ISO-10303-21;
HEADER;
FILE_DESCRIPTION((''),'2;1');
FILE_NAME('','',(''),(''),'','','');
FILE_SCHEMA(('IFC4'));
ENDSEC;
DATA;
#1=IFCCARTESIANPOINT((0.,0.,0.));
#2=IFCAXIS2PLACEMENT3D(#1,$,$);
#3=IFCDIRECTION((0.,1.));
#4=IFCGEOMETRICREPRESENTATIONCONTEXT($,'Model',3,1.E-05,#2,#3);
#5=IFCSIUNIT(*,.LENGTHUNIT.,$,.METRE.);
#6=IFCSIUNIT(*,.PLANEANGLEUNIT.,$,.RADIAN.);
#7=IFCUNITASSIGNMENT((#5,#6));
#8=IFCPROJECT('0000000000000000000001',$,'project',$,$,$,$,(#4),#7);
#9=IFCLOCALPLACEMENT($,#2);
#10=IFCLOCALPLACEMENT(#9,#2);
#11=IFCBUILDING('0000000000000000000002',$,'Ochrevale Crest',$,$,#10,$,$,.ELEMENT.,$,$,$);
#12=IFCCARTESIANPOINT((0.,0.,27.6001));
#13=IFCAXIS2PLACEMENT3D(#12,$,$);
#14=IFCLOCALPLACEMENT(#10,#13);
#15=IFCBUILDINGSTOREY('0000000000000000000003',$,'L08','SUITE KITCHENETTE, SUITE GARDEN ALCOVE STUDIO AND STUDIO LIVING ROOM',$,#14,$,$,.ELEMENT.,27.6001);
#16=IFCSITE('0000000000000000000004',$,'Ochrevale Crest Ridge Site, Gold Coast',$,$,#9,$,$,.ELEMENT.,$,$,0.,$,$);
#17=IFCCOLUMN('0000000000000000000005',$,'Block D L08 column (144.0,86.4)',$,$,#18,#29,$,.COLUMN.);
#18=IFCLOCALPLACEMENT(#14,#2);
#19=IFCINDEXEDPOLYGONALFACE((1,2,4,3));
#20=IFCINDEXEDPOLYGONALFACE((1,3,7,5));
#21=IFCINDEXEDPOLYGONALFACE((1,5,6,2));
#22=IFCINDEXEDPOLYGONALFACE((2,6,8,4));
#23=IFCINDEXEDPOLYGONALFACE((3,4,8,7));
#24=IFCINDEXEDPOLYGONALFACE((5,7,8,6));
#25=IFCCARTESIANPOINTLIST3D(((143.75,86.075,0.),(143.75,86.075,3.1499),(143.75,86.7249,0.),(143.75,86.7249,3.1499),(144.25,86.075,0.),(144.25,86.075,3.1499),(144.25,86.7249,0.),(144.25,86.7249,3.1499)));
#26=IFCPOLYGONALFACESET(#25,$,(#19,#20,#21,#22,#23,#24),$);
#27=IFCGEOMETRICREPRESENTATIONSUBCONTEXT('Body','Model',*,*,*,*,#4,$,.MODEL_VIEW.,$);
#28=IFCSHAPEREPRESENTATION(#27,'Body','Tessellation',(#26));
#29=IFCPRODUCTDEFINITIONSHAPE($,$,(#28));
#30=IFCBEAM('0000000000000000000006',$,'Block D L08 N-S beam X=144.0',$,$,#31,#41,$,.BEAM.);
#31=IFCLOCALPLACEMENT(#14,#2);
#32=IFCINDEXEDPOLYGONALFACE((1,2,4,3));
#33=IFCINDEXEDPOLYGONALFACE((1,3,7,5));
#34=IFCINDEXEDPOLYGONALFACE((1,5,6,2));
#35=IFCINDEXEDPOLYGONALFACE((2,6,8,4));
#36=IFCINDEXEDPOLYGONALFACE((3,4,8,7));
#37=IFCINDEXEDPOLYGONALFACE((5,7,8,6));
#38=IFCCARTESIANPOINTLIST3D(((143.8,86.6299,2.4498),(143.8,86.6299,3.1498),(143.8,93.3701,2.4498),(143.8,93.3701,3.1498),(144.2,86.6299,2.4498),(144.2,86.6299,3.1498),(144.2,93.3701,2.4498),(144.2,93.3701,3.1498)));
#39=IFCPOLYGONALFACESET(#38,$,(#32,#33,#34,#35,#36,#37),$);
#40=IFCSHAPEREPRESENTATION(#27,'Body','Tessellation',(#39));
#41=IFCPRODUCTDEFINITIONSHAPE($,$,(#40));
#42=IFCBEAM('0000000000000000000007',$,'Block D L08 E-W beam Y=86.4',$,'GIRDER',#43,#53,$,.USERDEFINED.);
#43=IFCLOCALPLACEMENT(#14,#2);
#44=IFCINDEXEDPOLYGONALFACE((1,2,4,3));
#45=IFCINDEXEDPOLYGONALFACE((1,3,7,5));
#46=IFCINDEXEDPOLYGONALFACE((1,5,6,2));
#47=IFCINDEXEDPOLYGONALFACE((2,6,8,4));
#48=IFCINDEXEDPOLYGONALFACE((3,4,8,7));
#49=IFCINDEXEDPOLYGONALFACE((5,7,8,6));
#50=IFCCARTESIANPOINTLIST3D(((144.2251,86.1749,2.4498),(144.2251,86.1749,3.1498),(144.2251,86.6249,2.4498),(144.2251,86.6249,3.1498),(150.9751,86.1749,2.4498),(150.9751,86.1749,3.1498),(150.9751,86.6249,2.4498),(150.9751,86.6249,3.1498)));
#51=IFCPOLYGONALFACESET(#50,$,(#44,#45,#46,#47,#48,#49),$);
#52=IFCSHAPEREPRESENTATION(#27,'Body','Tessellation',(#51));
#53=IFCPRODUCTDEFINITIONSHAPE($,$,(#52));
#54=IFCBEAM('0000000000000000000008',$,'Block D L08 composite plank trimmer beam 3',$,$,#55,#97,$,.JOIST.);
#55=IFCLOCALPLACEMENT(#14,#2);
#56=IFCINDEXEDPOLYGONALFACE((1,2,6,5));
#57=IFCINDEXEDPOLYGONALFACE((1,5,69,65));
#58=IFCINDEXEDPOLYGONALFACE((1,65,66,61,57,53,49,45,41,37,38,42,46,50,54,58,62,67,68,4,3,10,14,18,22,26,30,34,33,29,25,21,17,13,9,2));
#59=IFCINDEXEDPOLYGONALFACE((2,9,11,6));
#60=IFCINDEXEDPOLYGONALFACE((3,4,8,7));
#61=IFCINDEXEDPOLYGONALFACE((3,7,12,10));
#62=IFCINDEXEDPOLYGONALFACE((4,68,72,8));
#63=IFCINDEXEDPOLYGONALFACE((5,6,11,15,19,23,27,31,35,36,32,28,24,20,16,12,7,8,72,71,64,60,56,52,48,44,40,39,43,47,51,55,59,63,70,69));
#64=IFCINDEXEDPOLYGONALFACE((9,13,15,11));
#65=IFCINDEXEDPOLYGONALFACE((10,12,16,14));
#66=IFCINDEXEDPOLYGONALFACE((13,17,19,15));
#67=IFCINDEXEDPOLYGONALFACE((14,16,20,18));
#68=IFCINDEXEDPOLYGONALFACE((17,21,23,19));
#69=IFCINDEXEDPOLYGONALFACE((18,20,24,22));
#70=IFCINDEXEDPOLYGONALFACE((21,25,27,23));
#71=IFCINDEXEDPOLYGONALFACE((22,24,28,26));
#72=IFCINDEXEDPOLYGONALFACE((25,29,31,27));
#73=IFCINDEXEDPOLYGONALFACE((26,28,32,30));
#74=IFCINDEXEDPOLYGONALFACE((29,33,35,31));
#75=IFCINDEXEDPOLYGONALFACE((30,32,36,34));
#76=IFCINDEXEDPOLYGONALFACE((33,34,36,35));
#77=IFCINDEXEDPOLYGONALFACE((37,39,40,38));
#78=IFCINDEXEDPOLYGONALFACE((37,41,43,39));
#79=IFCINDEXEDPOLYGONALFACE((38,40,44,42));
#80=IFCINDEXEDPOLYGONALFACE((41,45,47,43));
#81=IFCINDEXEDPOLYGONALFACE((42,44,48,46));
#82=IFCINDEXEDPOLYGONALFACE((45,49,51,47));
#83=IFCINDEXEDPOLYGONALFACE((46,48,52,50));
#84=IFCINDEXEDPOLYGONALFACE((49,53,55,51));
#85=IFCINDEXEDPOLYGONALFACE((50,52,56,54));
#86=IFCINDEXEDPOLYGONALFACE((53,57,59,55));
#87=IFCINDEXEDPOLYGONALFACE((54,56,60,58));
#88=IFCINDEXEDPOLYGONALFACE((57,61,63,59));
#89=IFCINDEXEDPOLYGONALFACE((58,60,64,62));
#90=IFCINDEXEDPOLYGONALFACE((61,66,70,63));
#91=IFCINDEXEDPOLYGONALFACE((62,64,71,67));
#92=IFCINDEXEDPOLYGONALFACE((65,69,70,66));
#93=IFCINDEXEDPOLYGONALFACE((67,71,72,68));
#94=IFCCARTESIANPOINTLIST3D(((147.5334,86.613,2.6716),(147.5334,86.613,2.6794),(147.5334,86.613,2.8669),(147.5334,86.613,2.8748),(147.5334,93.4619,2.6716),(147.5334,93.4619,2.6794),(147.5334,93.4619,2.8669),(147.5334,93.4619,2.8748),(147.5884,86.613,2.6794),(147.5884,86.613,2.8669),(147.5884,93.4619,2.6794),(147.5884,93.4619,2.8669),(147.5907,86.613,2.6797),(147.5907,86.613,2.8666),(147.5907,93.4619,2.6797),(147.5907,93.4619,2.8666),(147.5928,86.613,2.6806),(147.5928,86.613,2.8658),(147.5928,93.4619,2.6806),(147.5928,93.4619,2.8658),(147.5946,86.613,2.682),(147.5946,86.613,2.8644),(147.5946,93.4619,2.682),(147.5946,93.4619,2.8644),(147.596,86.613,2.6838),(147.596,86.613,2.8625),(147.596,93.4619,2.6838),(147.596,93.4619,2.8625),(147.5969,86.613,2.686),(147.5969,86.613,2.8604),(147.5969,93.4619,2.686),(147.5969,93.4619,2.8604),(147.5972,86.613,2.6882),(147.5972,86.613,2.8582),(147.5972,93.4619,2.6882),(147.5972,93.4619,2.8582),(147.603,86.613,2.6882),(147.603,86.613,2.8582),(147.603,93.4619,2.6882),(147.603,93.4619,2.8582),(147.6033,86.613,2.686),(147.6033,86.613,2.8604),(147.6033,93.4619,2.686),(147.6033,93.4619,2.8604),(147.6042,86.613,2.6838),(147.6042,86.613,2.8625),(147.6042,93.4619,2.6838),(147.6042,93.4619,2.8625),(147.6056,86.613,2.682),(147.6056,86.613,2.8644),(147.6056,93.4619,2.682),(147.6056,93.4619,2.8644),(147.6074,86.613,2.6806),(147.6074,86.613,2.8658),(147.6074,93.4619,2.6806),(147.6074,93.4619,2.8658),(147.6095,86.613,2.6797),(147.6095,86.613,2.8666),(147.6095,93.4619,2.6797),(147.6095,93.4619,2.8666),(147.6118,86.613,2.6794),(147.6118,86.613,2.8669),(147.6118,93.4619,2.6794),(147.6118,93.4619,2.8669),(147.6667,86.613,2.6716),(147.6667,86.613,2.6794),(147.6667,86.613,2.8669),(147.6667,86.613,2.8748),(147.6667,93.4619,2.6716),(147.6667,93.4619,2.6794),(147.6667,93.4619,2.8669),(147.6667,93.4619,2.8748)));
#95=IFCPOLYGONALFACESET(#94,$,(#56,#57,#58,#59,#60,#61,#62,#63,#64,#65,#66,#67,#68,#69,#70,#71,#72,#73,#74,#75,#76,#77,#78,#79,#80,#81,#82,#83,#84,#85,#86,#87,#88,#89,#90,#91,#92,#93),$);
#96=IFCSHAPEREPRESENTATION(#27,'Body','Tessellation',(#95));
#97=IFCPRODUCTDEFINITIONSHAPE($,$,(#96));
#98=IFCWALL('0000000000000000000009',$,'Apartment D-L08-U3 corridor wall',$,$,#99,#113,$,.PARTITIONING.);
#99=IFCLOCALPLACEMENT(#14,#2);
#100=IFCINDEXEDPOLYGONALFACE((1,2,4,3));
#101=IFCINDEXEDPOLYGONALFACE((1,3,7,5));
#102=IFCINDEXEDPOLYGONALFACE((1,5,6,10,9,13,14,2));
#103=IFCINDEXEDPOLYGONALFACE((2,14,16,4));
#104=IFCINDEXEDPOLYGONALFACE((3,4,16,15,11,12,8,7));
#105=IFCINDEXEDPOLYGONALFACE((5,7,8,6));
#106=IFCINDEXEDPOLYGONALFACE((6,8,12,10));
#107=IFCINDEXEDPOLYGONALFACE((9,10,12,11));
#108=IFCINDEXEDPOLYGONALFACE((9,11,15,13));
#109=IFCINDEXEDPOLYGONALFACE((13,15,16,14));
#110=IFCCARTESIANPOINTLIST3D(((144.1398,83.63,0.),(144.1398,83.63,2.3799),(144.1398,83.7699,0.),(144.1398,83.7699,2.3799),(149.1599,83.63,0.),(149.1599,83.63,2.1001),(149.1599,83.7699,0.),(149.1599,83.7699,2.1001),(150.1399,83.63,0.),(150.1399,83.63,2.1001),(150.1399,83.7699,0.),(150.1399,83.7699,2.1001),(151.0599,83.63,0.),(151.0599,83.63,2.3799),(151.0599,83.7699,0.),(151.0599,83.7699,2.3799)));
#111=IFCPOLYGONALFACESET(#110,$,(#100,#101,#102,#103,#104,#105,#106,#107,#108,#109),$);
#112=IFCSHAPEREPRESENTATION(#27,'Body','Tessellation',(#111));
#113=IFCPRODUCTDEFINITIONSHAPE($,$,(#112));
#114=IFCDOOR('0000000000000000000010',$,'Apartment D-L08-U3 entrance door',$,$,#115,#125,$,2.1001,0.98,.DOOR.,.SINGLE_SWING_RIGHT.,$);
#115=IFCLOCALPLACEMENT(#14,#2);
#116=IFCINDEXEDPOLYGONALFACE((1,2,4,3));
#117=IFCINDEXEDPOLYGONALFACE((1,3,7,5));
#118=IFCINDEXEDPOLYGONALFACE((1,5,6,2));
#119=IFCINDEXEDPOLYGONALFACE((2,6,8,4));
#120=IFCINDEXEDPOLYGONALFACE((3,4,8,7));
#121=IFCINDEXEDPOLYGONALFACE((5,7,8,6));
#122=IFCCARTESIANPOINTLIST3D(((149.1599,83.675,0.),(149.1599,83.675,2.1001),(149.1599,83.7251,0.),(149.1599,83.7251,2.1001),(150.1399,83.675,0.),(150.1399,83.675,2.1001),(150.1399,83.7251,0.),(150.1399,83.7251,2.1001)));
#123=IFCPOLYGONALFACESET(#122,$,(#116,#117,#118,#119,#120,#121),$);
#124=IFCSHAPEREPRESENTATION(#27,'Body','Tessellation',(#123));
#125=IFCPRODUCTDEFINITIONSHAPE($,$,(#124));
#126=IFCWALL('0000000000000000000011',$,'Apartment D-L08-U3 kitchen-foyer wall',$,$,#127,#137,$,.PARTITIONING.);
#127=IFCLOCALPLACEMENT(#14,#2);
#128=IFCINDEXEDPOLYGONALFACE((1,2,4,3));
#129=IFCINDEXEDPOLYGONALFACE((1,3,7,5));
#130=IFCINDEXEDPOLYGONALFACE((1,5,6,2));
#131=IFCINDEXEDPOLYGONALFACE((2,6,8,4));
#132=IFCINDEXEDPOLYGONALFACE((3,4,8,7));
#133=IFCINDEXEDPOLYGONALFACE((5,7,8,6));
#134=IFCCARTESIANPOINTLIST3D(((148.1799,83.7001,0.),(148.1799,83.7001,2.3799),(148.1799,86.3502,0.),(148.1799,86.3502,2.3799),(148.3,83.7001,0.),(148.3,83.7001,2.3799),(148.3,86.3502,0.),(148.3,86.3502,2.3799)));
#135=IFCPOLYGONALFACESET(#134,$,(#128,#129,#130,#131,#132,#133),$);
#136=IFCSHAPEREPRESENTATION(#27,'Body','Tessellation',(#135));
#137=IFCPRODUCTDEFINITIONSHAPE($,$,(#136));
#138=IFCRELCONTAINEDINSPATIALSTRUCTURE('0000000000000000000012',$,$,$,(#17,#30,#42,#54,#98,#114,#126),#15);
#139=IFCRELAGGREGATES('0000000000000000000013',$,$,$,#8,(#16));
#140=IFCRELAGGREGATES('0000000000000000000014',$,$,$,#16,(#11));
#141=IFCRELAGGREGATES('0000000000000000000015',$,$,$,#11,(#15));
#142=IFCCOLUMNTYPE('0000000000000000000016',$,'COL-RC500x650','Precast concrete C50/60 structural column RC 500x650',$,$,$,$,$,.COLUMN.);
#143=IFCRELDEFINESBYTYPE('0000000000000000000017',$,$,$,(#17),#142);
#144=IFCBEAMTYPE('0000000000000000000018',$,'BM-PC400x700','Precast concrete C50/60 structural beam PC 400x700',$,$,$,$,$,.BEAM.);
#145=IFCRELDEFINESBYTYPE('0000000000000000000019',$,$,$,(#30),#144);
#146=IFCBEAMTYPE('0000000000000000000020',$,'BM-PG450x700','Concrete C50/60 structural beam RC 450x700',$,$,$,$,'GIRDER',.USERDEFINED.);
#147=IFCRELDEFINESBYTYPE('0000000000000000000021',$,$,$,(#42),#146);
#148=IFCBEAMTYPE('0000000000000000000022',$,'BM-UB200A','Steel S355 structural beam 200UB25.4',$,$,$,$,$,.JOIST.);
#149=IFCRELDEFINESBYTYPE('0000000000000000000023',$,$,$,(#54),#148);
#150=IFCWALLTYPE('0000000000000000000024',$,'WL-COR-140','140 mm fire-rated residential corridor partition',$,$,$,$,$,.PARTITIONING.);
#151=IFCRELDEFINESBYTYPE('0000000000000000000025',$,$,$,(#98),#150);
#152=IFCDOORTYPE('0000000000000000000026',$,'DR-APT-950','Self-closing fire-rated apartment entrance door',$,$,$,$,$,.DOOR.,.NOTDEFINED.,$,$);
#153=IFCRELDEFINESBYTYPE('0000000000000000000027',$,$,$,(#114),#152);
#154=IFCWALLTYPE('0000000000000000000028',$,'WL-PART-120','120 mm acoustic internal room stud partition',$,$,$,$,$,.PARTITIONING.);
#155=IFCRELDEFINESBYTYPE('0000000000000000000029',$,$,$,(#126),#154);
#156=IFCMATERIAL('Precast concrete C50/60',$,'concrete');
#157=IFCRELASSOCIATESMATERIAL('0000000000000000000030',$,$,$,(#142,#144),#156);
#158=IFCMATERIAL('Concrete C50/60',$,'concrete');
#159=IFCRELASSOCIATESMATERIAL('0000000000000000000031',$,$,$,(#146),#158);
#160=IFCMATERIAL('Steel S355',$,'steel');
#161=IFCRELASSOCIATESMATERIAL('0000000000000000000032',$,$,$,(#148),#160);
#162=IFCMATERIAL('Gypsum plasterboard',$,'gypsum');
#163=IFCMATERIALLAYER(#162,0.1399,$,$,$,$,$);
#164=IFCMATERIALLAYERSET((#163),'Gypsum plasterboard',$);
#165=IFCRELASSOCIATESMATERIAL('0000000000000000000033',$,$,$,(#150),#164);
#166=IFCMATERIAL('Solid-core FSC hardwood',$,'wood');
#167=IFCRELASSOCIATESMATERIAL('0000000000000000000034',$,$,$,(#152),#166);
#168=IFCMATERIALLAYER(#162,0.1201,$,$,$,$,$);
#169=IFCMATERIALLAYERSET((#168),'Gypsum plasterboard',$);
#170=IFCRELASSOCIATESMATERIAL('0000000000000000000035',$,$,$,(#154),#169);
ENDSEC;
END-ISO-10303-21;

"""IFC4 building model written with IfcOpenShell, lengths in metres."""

from ifc_helpers import new_model, si_unit, direction, frame, frame_2d, origin, origin_2d, place, context, subcontext, project, spatial, rectangle, i_section, extrude, material, layer, layer_set, material_profile, profile_set, type_object, element, fill, save


model = new_model("IFC4")

# Units and contexts
model_context = context("Model", 3, precision=1e-05, world=origin(), true_north=direction((0.0, 1.0)))
body_context = subcontext(model_context, "Body", "Model", "MODEL_VIEW")
ifc_project = project(units=[si_unit("LENGTHUNIT", "METRE"), si_unit("PLANEANGLEUNIT", "RADIAN")], contexts=[model_context])

# Site, building, storey
site_placement = place(None, origin())
site = spatial("IfcSite", under=ifc_project, at=site_placement, Name="Ochrevale Crest Ridge Site, Gold Coast", CompositionType="ELEMENT", RefElevation=0.0)
building_placement = place(site_placement, origin())
building = spatial("IfcBuilding", under=site, at=building_placement, Name="Ochrevale Crest", CompositionType="ELEMENT")
storey_placement = place(building_placement, frame((0.0, 0.0, 27.6001)))
storey = spatial("IfcBuildingStorey", under=building, at=storey_placement, Name="L08", Description="SUITE KITCHENETTE, SUITE GARDEN ALCOVE STUDIO AND STUDIO LIVING ROOM", CompositionType="ELEMENT", Elevation=27.6001)

# Column
ifc_material_1 = material(Name="Precast concrete C50/60", Category="concrete")
ifc_material_profile_1 = material_profile(ifc_material_1, rectangle(XDim=0.5, YDim=0.6499, at=origin_2d()), Name="RC 500x650")
ifc_profile_set_1 = profile_set([ifc_material_profile_1], Name="Precast concrete C50/60")
column_type = type_object("IfcColumnType", Name="COL-RC500x650", Description="Precast concrete C50/60 structural column RC 500x650", PredefinedType="COLUMN", material=ifc_profile_set_1)
column_placement = place(storey_placement, frame((144.0, 86.3999, 0.0), z_axis=(0.0, 0.0, 1.0), x_axis=(1.0, 0.0, 0.0)))
element("IfcColumn", 1, at=column_placement, inside=storey, type_object=column_type, Name="Block D L08 column (144.0,86.4)", PredefinedType="COLUMN", context=body_context, shape_type="SweptSolid", body=[
    extrude(rectangle(XDim=0.5, YDim=0.6499, at=origin_2d()), origin(), (0.0, 0.0, 1.0), 3.1499),
])

# Beams
ifc_material_profile_2 = material_profile(ifc_material_1, rectangle(XDim=0.3999, YDim=0.7, at=origin_2d()), Name="PC 400x700")
ifc_profile_set_2 = profile_set([ifc_material_profile_2], Name="Precast concrete C50/60")
beam_type_1 = type_object("IfcBeamType", Name="BM-PC400x700", Description="Precast concrete C50/60 structural beam PC 400x700", PredefinedType="BEAM", material=ifc_profile_set_2)
beam_1_placement = place(storey_placement, frame((144.0, 86.6299, 2.7998), z_axis=(0.0, 1.0, 0.0), x_axis=(-1.0, 0.0, 0.0)))
element("IfcBeam", 2, at=beam_1_placement, inside=storey, type_object=beam_type_1, Name="Block D L08 N-S beam X=144.0", PredefinedType="BEAM", context=body_context, shape_type="SweptSolid", body=[
    extrude(rectangle(XDim=0.3999, YDim=0.7, at=origin_2d()), origin(), (0.0, 0.0, 1.0), 6.7402),
])
ifc_material_2 = material(Name="Concrete C50/60", Category="concrete")
ifc_material_profile_3 = material_profile(ifc_material_2, rectangle(XDim=0.45, YDim=0.7, at=origin_2d()), Name="RC 450x700")
ifc_profile_set_3 = profile_set([ifc_material_profile_3], Name="Concrete C50/60")
beam_type_2 = type_object("IfcBeamType", Name="BM-PG450x700", Description="Concrete C50/60 structural beam RC 450x700", ElementType="GIRDER", PredefinedType="USERDEFINED", material=ifc_profile_set_3)
beam_2_placement = place(storey_placement, frame((144.2251, 86.3999, 2.7998), z_axis=(1.0, 0.0, 0.0), x_axis=(0.0, 1.0, 0.0)))
element("IfcBeam", 3, at=beam_2_placement, inside=storey, type_object=beam_type_2, Name="Block D L08 E-W beam Y=86.4", ObjectType="GIRDER", PredefinedType="USERDEFINED", context=body_context, shape_type="SweptSolid", body=[
    extrude(rectangle(XDim=0.45, YDim=0.7, at=origin_2d()), origin(), (0.0, 0.0, 1.0), 6.75),
])
ifc_material_3 = material(Name="Steel S355", Category="steel")
ifc_material_profile_4 = material_profile(ifc_material_3, i_section(OverallWidth=0.1333, OverallDepth=0.2031, WebThickness=0.0059, FlangeThickness=0.0078, FilletRadius=0.0088, at=origin_2d()), Name="200UB25.4")
ifc_profile_set_4 = profile_set([ifc_material_profile_4], Name="Steel S355")
beam_type_3 = type_object("IfcBeamType", Name="BM-UB200A", Description="Steel S355 structural beam 200UB25.4", PredefinedType="JOIST", material=ifc_profile_set_4)
beam_3_placement = place(storey_placement, frame((147.6001, 86.613, 2.7732), z_axis=(0.0, 1.0, 0.0), x_axis=(-1.0, 0.0, 0.0)))
element("IfcBeam", 4, at=beam_3_placement, inside=storey, type_object=beam_type_3, Name="Block D L08 composite plank trimmer beam 3", PredefinedType="JOIST", context=body_context, shape_type="SweptSolid", body=[
    extrude(i_section(OverallWidth=0.1333, OverallDepth=0.2031, WebThickness=0.0059, FlangeThickness=0.0078, FilletRadius=0.0088, at=origin_2d()), origin(), (0.0, 0.0, 1.0), 6.8489),
])

# Wall, opening, door
ifc_material_4 = material(Name="Gypsum plasterboard", Category="gypsum")
ifc_layer_1 = layer(ifc_material_4, 0.1399)
ifc_layer_set_1 = layer_set([ifc_layer_1], Name="Gypsum plasterboard")
wall_type_1 = type_object("IfcWallType", Name="WL-COR-140", Description="140 mm fire-rated residential corridor partition", PredefinedType="PARTITIONING", material=ifc_layer_set_1)
wall_1_placement = place(storey_placement, frame((144.1399, 83.7, 0.0), z_axis=(0.0, 0.0, 1.0), x_axis=(1.0, 0.0, 0.0)))
wall_1 = element("IfcWall", 5, at=wall_1_placement, inside=storey, type_object=wall_type_1, Name="Apartment D-L08-U3 corridor wall", PredefinedType="PARTITIONING", context=body_context, shape_type="SweptSolid", body=[
    extrude(rectangle(XDim=6.9202, YDim=0.1399, at=frame_2d((3.46, 0.0))), origin(), (0.0, 0.0, 1.0), 2.3799),
])
opening_1_placement = place(wall_1_placement, frame((6.0, 0.0, 0.0), z_axis=(0.0, 0.0, 1.0), x_axis=(-1.0, 0.0, 0.0)))
opening_1 = element("IfcOpeningElement", 6, at=opening_1_placement, cuts=wall_1, PredefinedType="OPENING", context=body_context, shape_type="SweptSolid", body=[
    extrude(rectangle(XDim=0.98, YDim=2.1001, at=frame_2d((0.49, 1.05))), frame((0.0, 0.0801, 0.0), z_axis=(0.0, -1.0, 0.0), x_axis=(1.0, 0.0, 0.0)), (0.0, 0.0, 1.0), 0.1599),
])
ifc_material_5 = material(Name="Solid-core FSC hardwood", Category="wood")
door_type_1 = type_object("IfcDoorType", Name="DR-APT-950", Description="Self-closing fire-rated apartment entrance door", OperationType="NOTDEFINED", PredefinedType="DOOR", material=ifc_material_5)
door_1_placement = place(opening_1_placement, origin())
door_1 = element("IfcDoor", 7, at=door_1_placement, inside=storey, type_object=door_type_1, Name="Apartment D-L08-U3 entrance door", OperationType="SINGLE_SWING_RIGHT", OverallHeight=2.1001, OverallWidth=0.98, PredefinedType="DOOR", context=body_context, shape_type="SweptSolid", body=[
    extrude(rectangle(XDim=0.98, YDim=2.1001, at=frame_2d((0.49, 1.05))), frame((0.0, 0.0249, 0.0), z_axis=(0.0, -1.0, 0.0), x_axis=(1.0, 0.0, 0.0)), (0.0, 0.0, 1.0), 0.05),
])
fill(opening_1, door_1)

# Wall
ifc_layer_2 = layer(ifc_material_4, 0.1201)
ifc_layer_set_2 = layer_set([ifc_layer_2], Name="Gypsum plasterboard")
wall_type_2 = type_object("IfcWallType", Name="WL-PART-120", Description="120 mm acoustic internal room stud partition", PredefinedType="PARTITIONING", material=ifc_layer_set_2)
wall_2_placement = place(storey_placement, frame((148.24, 83.7, 0.0), z_axis=(0.0, 0.0, 1.0), x_axis=(0.0, 1.0, 0.0)))
element("IfcWall", 8, at=wall_2_placement, inside=storey, type_object=wall_type_2, Name="Apartment D-L08-U3 kitchen-foyer wall", PredefinedType="PARTITIONING", context=body_context, shape_type="SweptSolid", body=[
    extrude(rectangle(XDim=2.6501, YDim=0.1201, at=frame_2d((1.3252, 0.0))), origin(), (0.0, 0.0, 1.0), 2.3799),
])

save(model, "model.ifc")
